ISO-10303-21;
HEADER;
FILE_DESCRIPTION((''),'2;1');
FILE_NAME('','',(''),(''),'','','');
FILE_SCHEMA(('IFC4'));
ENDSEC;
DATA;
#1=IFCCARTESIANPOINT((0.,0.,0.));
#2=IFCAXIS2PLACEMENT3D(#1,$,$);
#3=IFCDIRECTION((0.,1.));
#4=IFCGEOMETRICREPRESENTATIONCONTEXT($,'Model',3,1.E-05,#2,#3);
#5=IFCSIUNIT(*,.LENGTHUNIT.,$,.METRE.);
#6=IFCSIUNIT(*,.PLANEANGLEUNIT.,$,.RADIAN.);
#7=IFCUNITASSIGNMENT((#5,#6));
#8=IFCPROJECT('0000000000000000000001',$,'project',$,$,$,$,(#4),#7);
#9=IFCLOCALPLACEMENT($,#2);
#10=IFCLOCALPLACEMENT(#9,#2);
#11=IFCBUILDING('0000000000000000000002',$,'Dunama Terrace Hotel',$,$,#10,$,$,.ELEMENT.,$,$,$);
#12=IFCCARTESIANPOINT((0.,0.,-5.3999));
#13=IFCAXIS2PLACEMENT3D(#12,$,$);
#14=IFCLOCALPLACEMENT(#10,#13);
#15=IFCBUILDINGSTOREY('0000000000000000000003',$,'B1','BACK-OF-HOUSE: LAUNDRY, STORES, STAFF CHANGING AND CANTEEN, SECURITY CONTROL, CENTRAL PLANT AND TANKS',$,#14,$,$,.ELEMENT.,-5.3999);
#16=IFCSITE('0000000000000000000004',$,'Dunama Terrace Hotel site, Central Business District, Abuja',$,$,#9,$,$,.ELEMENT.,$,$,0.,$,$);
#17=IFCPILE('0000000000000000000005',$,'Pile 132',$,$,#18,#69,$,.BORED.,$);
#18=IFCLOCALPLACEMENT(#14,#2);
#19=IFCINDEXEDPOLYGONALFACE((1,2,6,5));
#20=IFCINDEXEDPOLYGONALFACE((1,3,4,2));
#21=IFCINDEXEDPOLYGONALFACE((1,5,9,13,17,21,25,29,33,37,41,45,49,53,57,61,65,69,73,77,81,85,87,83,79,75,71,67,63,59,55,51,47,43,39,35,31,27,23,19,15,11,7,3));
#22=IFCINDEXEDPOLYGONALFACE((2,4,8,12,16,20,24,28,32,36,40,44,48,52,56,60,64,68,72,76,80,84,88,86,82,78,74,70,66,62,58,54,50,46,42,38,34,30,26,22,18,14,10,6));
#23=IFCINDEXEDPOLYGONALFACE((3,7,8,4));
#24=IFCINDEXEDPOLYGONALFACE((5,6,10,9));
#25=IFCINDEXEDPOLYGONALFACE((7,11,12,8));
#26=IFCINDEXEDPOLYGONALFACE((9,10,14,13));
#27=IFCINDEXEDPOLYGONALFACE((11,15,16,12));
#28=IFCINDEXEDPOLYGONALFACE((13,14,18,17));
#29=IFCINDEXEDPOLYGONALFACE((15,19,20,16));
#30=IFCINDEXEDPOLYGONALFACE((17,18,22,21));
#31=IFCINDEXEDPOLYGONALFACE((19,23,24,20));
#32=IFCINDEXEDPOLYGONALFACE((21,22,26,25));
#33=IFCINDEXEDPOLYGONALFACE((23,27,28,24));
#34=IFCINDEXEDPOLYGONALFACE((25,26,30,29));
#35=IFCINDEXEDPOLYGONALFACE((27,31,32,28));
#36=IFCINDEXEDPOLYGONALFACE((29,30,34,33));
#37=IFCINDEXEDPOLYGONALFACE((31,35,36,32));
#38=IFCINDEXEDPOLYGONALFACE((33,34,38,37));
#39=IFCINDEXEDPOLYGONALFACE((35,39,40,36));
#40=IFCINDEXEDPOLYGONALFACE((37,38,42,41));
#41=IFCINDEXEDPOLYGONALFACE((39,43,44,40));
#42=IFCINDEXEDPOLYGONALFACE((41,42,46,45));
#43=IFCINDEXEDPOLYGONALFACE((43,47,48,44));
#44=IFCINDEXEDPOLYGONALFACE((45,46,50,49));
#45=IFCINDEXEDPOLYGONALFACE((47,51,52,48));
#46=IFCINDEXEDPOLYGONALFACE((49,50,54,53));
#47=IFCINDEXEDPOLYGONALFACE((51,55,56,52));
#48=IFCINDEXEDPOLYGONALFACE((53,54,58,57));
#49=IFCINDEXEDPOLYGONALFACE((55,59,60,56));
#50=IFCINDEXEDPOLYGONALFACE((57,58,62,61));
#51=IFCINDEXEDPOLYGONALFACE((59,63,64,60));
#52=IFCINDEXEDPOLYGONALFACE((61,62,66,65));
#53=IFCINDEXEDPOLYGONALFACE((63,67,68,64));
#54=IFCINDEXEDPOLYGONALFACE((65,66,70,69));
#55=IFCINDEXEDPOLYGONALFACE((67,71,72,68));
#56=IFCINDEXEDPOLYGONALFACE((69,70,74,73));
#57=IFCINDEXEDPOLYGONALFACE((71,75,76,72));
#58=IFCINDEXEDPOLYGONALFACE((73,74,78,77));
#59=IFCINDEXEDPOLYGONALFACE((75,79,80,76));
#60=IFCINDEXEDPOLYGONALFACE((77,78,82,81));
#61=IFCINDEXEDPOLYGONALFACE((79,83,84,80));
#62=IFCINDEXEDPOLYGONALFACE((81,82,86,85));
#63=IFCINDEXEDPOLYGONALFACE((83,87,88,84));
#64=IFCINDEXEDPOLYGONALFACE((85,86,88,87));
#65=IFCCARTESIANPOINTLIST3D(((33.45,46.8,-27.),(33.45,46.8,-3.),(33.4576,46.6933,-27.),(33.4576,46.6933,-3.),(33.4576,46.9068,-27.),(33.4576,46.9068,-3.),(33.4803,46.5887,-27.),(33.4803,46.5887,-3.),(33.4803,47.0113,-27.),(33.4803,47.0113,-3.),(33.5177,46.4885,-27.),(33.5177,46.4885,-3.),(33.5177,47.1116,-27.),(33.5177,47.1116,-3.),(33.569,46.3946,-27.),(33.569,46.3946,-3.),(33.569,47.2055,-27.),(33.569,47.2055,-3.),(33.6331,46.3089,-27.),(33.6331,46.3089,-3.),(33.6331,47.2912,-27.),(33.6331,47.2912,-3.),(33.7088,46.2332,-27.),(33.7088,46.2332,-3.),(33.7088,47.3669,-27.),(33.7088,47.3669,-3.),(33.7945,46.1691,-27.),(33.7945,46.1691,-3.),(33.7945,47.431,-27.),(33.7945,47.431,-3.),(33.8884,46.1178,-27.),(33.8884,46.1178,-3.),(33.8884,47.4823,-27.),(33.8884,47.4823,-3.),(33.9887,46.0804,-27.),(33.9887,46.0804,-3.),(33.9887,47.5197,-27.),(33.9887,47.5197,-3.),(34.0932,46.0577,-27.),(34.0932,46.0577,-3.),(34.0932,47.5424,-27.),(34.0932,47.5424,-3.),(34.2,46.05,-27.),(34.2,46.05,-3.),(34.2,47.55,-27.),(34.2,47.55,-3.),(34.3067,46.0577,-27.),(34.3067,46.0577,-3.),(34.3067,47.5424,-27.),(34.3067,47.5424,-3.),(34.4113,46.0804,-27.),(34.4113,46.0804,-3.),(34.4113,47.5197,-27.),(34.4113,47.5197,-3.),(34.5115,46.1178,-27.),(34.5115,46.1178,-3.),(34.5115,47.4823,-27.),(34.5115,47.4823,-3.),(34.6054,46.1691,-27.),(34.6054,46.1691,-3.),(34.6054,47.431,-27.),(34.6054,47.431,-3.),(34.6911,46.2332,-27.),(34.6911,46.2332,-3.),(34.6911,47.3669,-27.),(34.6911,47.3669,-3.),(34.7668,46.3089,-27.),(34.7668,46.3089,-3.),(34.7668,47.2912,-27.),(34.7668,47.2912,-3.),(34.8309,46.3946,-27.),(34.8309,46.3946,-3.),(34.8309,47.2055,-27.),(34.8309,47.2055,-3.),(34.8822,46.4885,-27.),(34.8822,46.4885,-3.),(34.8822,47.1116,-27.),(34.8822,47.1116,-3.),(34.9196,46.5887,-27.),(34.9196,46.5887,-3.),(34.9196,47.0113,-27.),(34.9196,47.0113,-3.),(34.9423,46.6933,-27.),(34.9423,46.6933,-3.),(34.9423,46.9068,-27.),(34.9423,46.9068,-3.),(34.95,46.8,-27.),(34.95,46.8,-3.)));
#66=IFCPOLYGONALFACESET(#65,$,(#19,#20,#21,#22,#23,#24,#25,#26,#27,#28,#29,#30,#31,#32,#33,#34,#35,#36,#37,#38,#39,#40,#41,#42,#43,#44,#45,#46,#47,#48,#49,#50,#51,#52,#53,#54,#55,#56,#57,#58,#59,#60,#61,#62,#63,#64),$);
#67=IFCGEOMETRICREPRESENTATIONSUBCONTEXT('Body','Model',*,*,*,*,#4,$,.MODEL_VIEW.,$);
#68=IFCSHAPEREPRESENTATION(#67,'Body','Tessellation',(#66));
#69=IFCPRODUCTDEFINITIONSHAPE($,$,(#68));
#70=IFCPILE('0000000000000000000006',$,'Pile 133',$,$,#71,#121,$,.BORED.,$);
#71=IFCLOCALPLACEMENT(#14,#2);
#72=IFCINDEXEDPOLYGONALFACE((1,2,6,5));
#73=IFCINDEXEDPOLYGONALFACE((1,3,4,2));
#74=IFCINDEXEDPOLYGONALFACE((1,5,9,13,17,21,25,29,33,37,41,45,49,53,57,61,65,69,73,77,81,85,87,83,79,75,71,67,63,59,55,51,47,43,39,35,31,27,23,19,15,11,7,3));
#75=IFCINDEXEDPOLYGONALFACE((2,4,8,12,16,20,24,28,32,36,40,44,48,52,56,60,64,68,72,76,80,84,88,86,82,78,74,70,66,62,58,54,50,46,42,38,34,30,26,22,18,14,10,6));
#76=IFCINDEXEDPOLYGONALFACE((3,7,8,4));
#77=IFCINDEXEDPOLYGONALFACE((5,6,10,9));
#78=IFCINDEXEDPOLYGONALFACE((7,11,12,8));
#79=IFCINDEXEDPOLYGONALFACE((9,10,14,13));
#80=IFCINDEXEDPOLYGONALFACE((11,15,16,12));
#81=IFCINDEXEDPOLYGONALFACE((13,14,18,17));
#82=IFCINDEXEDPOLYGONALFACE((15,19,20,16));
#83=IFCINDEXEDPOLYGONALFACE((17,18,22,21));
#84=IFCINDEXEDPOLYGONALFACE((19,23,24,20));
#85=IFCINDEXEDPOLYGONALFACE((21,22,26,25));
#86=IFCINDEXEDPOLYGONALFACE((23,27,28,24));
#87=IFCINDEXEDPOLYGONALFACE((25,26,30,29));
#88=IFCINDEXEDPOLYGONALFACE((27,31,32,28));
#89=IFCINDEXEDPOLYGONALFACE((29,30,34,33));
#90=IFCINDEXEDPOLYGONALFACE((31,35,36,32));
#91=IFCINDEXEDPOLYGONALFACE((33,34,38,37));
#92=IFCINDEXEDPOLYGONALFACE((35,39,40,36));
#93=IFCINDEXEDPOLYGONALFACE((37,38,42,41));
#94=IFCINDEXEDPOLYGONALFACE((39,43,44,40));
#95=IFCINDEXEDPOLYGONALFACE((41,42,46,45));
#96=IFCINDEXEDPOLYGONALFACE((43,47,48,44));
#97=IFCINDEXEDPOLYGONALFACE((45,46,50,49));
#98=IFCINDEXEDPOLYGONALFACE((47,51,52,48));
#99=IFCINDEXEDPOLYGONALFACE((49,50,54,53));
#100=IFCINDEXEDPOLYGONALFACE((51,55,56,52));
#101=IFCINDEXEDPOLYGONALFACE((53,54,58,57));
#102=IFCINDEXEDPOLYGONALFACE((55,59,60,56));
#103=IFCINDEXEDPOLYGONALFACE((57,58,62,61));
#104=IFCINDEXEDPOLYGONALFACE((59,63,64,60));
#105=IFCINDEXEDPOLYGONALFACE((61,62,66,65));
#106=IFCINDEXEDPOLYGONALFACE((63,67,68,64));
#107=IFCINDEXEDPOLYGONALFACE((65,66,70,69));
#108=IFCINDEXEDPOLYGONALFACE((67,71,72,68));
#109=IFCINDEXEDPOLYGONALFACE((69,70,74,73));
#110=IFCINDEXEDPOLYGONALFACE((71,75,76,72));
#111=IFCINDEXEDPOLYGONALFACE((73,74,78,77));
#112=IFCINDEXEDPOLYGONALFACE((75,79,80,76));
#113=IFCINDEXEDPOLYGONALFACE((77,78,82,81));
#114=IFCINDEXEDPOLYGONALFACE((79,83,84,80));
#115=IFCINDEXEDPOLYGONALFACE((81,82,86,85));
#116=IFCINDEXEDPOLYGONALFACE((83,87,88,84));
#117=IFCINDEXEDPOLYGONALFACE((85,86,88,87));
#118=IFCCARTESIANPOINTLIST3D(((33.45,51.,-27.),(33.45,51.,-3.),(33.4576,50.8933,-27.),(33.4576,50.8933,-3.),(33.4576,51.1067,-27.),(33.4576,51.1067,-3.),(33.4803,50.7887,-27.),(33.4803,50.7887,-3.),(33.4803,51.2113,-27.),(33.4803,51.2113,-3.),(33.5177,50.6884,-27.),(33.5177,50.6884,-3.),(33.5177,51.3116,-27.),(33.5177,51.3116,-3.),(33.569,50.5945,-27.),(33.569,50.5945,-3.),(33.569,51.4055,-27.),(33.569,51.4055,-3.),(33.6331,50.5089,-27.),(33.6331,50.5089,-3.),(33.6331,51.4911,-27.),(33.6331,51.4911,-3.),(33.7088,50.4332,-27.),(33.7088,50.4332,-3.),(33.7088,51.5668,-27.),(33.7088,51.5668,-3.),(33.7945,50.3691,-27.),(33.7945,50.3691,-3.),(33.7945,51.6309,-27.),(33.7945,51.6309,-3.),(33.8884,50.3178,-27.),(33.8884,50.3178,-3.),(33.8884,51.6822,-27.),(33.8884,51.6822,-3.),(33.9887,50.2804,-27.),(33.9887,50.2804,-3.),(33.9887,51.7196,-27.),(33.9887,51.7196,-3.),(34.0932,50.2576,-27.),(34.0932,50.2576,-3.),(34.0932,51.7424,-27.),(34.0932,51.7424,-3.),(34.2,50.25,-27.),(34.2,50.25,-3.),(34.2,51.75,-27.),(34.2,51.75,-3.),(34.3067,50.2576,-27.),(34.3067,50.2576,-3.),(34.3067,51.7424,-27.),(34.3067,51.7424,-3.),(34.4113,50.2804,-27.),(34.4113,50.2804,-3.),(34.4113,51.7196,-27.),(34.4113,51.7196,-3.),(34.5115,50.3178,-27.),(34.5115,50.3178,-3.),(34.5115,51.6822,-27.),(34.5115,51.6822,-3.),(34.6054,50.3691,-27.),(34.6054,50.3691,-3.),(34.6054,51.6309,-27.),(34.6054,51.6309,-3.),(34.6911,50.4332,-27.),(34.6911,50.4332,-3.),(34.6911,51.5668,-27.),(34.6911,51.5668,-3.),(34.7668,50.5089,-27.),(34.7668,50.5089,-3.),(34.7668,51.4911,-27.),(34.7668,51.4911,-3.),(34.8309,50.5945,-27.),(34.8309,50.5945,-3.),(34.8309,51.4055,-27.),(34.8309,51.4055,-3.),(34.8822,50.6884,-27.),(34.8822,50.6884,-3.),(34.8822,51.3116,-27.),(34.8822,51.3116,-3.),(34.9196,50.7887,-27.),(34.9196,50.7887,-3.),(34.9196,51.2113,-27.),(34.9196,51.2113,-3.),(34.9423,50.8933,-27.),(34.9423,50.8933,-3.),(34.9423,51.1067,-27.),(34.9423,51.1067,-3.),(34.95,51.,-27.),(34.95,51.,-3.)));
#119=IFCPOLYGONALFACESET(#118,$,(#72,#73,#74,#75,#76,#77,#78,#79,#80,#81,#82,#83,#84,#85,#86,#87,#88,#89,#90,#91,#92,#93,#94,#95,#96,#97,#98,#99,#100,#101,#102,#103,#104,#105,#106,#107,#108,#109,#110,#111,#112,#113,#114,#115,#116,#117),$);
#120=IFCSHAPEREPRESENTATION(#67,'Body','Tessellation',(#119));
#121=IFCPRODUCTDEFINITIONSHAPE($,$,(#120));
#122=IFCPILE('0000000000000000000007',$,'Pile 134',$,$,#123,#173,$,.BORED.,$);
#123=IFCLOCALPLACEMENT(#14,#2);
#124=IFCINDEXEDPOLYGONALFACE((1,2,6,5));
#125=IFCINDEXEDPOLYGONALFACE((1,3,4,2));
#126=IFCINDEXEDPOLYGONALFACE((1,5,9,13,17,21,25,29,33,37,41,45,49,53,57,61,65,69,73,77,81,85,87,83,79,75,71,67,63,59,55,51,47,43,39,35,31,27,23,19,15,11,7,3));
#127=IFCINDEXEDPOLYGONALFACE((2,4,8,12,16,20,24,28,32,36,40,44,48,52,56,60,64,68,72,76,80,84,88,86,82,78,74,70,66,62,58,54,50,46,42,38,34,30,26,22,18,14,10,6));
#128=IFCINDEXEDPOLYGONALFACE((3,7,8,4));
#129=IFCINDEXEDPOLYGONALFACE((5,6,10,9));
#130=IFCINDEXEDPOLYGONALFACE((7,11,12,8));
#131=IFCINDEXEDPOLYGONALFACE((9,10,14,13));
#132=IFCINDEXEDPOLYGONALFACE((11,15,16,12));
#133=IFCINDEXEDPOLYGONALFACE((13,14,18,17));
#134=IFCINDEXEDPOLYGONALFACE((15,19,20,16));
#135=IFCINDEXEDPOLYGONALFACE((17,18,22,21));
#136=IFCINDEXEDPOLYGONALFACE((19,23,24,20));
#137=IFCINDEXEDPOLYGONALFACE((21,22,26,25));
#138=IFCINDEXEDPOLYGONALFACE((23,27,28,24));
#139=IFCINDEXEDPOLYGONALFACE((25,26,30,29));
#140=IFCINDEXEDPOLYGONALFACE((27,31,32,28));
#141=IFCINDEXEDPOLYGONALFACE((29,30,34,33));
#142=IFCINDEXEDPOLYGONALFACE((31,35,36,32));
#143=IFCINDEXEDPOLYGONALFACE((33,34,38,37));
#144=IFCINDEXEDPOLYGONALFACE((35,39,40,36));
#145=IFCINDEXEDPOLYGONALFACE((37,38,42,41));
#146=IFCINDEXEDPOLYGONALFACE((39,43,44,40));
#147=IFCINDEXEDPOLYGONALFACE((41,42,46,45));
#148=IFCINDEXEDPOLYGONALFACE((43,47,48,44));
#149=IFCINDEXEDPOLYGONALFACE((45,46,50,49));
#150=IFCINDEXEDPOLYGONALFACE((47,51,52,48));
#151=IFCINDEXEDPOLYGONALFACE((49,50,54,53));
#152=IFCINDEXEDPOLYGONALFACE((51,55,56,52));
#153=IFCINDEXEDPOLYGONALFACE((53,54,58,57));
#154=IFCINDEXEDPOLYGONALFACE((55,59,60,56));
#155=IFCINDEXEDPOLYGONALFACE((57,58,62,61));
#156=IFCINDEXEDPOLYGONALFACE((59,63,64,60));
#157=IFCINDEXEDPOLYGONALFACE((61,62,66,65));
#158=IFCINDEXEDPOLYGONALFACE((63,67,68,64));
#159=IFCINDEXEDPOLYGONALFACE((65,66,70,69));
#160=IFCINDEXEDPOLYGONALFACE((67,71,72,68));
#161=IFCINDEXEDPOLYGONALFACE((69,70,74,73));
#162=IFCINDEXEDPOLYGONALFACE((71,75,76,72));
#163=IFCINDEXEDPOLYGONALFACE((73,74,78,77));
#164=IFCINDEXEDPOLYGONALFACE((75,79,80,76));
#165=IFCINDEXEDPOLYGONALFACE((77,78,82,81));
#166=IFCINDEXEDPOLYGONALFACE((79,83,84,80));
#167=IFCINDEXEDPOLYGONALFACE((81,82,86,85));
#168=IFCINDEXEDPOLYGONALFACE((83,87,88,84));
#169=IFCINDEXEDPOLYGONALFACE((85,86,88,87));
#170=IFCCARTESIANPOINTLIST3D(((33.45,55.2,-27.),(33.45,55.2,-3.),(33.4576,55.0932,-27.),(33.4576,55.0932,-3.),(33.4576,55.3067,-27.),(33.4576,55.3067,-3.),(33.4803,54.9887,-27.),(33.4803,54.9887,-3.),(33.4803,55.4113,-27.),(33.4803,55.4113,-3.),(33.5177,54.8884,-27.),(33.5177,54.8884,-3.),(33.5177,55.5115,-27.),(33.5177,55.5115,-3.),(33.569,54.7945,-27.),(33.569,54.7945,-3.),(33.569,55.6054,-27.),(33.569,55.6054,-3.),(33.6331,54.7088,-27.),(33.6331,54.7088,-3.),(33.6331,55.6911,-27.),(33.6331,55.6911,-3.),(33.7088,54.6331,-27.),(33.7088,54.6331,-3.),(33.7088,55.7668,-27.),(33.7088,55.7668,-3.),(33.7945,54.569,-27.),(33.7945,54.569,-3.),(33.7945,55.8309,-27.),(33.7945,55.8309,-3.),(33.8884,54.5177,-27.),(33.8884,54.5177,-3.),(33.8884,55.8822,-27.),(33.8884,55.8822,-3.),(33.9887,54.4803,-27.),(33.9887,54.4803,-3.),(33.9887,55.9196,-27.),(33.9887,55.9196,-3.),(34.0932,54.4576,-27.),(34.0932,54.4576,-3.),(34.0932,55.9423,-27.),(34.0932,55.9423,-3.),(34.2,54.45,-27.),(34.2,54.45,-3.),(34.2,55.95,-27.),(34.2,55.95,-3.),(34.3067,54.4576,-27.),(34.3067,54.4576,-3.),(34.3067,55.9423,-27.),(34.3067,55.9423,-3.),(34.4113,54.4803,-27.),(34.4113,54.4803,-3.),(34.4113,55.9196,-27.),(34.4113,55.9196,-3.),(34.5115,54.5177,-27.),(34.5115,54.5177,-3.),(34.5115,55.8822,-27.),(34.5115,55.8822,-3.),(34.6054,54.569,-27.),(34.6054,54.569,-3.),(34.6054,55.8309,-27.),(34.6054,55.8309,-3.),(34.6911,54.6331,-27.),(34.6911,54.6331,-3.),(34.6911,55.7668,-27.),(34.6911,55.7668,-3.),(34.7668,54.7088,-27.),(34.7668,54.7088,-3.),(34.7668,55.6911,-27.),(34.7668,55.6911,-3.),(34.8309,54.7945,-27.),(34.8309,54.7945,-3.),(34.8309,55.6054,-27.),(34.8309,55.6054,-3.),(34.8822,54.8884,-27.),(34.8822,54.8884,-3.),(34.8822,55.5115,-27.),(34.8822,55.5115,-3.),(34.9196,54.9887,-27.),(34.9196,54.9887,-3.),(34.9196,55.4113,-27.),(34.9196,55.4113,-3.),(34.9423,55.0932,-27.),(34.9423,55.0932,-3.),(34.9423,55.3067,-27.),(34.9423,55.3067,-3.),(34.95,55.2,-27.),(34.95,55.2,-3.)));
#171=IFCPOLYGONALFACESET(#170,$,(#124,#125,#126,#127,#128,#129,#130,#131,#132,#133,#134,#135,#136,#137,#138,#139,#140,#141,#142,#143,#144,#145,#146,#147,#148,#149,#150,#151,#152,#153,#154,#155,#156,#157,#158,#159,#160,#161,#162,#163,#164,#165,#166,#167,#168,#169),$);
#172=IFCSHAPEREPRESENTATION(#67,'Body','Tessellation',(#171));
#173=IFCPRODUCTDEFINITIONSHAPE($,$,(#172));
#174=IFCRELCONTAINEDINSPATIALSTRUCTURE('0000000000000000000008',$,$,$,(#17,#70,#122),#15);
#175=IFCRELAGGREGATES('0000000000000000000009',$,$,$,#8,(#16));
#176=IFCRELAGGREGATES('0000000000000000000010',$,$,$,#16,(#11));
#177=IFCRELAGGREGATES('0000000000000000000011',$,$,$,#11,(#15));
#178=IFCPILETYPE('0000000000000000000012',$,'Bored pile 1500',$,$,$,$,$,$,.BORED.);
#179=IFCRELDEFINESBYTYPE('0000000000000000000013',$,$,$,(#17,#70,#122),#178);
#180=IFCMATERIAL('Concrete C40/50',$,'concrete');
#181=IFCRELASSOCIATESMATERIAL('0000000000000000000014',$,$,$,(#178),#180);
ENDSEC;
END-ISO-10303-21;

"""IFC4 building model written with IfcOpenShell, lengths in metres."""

from ifc_helpers import new_model, si_unit, direction, frame, origin, origin_2d, place, context, subcontext, project, spatial, circle, extrude, material, material_profile, profile_set, type_object, element, save


model = new_model("IFC4")

# Units and contexts
model_context = context("Model", 3, precision=1e-05, world=origin(), true_north=direction((0.0, 1.0)))
body_context = subcontext(model_context, "Body", "Model", "MODEL_VIEW")
ifc_project = project(units=[si_unit("LENGTHUNIT", "METRE"), si_unit("PLANEANGLEUNIT", "RADIAN")], contexts=[model_context])

# Site, building, storey
site_placement = place(None, origin())
site = spatial("IfcSite", under=ifc_project, at=site_placement, Name="Dunama Terrace Hotel site, Central Business District, Abuja", CompositionType="ELEMENT", RefElevation=0.0)
building_placement = place(site_placement, origin())
building = spatial("IfcBuilding", under=site, at=building_placement, Name="Dunama Terrace Hotel", CompositionType="ELEMENT")
storey_placement = place(building_placement, frame((0.0, 0.0, -5.3999)))
storey = spatial("IfcBuildingStorey", under=building, at=storey_placement, Name="B1", Description="BACK-OF-HOUSE: LAUNDRY, STORES, STAFF CHANGING AND CANTEEN, SECURITY CONTROL, CENTRAL PLANT AND TANKS", CompositionType="ELEMENT", Elevation=-5.3999)

# Piles
ifc_material_1 = material(Name="Concrete C40/50", Category="concrete")
ifc_material_profile_1 = material_profile(ifc_material_1, circle(Radius=0.75, at=origin_2d()), Name="PILE D1500")
ifc_profile_set_1 = profile_set([ifc_material_profile_1], Name="Concrete C40/50")
pile_type = type_object("IfcPileType", Name="Bored pile 1500", PredefinedType="BORED", material=ifc_profile_set_1)
for number, where, z_axis, x_axis, name in (
    (1, (34.2, 46.8, -3.0), (0.0, 0.0, -1.0), (1.0, 0.0, 0.0), "Pile 132"),
    (2, (34.2, 51.0, -3.0), (0.0, 0.0, -1.0), (1.0, 0.0, 0.0), "Pile 133"),
    (3, (34.2, 55.2, -3.0), (0.0, 0.0, -1.0), (1.0, 0.0, 0.0), "Pile 134"),
):
    element("IfcPile", number, at=place(storey_placement, frame(where, z_axis=z_axis, x_axis=x_axis)), inside=storey, type_object=pile_type, Name=name, PredefinedType="BORED", context=body_context, shape_type="SweptSolid", body=[
        extrude(circle(Radius=0.75, at=origin_2d()), origin(), (0.0, 0.0, 1.0), 24.0),
    ])

save(model, "model.ifc")
